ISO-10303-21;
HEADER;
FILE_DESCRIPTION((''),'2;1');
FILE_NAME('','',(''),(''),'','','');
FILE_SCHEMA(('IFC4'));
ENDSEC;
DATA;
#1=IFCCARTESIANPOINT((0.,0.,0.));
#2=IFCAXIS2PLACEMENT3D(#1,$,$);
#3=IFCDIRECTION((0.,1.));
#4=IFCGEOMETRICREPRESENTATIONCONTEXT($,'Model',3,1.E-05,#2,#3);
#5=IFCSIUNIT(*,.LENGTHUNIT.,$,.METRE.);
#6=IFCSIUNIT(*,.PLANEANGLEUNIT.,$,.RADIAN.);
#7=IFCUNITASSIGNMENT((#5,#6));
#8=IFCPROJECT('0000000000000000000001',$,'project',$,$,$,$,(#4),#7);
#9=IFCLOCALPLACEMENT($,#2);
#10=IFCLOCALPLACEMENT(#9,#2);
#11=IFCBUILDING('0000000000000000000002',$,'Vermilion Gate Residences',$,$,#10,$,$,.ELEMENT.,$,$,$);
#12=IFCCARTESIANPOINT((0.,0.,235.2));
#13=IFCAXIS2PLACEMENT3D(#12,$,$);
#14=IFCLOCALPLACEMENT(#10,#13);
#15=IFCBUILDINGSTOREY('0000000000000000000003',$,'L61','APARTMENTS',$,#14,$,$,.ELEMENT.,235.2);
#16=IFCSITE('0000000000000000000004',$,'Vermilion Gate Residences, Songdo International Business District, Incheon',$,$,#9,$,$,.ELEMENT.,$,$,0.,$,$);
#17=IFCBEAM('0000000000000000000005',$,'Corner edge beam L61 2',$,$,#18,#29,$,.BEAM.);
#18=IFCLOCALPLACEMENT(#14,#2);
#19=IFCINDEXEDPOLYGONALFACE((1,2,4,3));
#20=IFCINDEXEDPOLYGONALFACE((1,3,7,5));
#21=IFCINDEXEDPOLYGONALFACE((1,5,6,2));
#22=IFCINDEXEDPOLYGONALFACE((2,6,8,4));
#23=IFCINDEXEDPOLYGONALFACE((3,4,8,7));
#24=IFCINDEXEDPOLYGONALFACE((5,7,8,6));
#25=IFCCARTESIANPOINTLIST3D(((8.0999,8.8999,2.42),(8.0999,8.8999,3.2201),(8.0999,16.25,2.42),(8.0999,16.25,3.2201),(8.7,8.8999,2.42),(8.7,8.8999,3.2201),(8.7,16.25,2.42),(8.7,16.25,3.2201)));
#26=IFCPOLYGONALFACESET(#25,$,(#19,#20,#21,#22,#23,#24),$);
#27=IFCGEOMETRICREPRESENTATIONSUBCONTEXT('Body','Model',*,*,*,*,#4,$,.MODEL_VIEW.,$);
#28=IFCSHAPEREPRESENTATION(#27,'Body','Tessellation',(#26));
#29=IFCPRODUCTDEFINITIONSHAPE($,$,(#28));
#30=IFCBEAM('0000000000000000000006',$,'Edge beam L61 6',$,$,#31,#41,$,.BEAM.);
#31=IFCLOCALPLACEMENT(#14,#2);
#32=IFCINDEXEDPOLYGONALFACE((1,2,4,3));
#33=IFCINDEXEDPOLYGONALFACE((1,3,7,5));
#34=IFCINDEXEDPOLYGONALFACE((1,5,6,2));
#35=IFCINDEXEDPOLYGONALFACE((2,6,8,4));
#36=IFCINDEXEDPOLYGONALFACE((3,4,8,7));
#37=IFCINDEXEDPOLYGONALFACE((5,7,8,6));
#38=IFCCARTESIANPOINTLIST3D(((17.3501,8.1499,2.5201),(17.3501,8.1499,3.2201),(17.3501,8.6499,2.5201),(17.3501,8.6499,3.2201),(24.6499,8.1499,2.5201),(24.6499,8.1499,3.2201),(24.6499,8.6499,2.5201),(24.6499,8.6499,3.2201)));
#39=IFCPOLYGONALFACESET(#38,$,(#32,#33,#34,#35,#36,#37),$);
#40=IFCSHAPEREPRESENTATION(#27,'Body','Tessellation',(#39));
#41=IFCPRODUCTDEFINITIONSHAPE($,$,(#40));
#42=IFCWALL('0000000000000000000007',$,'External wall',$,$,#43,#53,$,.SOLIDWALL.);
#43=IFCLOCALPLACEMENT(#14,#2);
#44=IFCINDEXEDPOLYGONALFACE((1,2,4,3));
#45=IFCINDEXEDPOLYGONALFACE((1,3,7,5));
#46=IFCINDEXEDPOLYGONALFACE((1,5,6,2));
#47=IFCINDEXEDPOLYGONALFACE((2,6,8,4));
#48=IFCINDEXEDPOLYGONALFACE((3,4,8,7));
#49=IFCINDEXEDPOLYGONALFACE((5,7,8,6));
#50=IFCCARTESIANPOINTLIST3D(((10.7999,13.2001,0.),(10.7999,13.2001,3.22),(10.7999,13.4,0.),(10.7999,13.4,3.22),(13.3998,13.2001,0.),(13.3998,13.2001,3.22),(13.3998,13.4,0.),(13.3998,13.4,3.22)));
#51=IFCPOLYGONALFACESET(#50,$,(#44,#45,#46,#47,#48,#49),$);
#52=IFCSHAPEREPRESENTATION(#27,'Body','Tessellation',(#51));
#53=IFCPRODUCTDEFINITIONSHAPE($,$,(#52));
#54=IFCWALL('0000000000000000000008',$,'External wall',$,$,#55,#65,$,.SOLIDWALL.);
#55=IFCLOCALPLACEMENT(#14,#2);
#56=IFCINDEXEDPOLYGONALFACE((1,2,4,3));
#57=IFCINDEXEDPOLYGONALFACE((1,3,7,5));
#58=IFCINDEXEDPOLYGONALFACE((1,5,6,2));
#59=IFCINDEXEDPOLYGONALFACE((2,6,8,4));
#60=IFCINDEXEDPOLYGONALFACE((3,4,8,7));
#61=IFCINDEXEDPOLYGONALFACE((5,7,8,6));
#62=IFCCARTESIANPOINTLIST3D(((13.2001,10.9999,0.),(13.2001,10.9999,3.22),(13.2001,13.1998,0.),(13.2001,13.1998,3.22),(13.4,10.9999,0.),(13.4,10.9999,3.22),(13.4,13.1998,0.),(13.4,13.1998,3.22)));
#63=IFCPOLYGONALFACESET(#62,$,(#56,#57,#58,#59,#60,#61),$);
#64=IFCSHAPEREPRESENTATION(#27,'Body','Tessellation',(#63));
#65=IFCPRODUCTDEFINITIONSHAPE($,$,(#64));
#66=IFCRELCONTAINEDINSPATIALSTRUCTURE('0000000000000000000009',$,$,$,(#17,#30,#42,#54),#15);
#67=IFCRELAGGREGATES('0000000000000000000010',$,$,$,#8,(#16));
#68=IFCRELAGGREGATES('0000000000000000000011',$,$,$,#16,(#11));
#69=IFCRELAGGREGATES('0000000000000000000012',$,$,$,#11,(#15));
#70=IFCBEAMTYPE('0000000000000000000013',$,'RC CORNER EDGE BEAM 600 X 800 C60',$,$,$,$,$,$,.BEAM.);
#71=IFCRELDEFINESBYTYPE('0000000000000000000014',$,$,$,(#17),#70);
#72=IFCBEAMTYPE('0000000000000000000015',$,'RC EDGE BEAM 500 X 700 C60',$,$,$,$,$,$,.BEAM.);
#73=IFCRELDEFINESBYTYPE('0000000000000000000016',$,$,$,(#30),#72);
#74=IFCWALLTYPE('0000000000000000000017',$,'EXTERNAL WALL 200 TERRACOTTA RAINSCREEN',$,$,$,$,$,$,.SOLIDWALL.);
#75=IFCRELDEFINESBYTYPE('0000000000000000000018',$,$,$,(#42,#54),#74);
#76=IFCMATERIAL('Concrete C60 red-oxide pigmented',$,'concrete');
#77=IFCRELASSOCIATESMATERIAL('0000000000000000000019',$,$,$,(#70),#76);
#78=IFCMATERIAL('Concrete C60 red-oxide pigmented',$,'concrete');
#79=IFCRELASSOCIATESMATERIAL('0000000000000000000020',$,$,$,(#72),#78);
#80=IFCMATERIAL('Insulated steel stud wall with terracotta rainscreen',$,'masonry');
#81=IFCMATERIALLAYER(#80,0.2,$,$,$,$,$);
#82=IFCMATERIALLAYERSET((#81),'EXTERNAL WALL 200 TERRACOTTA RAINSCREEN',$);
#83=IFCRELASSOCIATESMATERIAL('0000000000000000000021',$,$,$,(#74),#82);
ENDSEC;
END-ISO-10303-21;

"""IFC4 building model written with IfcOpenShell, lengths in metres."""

from ifc_helpers import new_model, si_unit, direction, frame, frame_2d, origin, origin_2d, place, context, subcontext, project, spatial, rectangle, extrude, material, layer, layer_set, material_profile, profile_set, type_object, element, save


model = new_model("IFC4")

# Units and contexts
model_context = context("Model", 3, precision=1e-05, world=origin(), true_north=direction((0.0, 1.0)))
body_context = subcontext(model_context, "Body", "Model", "MODEL_VIEW")
ifc_project = project(units=[si_unit("LENGTHUNIT", "METRE"), si_unit("PLANEANGLEUNIT", "RADIAN")], contexts=[model_context])

# Site, building, storey
site_placement = place(None, origin())
site = spatial("IfcSite", under=ifc_project, at=site_placement, Name="Vermilion Gate Residences, Songdo International Business District, Incheon", CompositionType="ELEMENT", RefElevation=0.0)
building_placement = place(site_placement, origin())
building = spatial("IfcBuilding", under=site, at=building_placement, Name="Vermilion Gate Residences", CompositionType="ELEMENT")
storey_placement = place(building_placement, frame((0.0, 0.0, 235.2)))
storey = spatial("IfcBuildingStorey", under=building, at=storey_placement, Name="L61", Description="APARTMENTS", CompositionType="ELEMENT", Elevation=235.2)

# Beams
ifc_material_1 = material(Name="Concrete C60 red-oxide pigmented", Category="concrete")
ifc_material_profile_1 = material_profile(ifc_material_1, rectangle(XDim=0.6001, YDim=0.8, at=origin_2d()), Name="RC-600x800")
ifc_profile_set_1 = profile_set([ifc_material_profile_1], Name="Concrete C60 red-oxide pigmented")
beam_type_1 = type_object("IfcBeamType", Name="RC CORNER EDGE BEAM 600 X 800 C60", PredefinedType="BEAM", material=ifc_profile_set_1)
beam_1_placement = place(storey_placement, frame((8.3999, 8.8999, 2.8201), z_axis=(0.0, 1.0, 0.0), x_axis=(-1.0, 0.0, 0.0)))
element("IfcBeam", 1, at=beam_1_placement, inside=storey, type_object=beam_type_1, Name="Corner edge beam L61 2", PredefinedType="BEAM", context=body_context, shape_type="SweptSolid", body=[
    extrude(rectangle(XDim=0.6001, YDim=0.8, at=origin_2d()), origin(), (0.0, 0.0, 1.0), 7.3501),
])
ifc_material_2 = material(Name="Concrete C60 red-oxide pigmented", Category="concrete")
ifc_material_profile_2 = material_profile(ifc_material_2, rectangle(XDim=0.5, YDim=0.7, at=origin_2d()), Name="RC-500x700")
ifc_profile_set_2 = profile_set([ifc_material_profile_2], Name="Concrete C60 red-oxide pigmented")
beam_type_2 = type_object("IfcBeamType", Name="RC EDGE BEAM 500 X 700 C60", PredefinedType="BEAM", material=ifc_profile_set_2)
beam_2_placement = place(storey_placement, frame((17.3501, 8.3999, 2.8701), z_axis=(1.0, 0.0, 0.0), x_axis=(0.0, 1.0, 0.0)))
element("IfcBeam", 2, at=beam_2_placement, inside=storey, type_object=beam_type_2, Name="Edge beam L61 6", PredefinedType="BEAM", context=body_context, shape_type="SweptSolid", body=[
    extrude(rectangle(XDim=0.5, YDim=0.7, at=origin_2d()), origin(), (0.0, 0.0, 1.0), 7.2998),
])

# Walls
ifc_material_3 = material(Name="Insulated steel stud wall with terracotta rainscreen", Category="masonry")
ifc_layer_1 = layer(ifc_material_3, 0.2)
ifc_layer_set_1 = layer_set([ifc_layer_1], Name="EXTERNAL WALL 200 TERRACOTTA RAINSCREEN")
wall_type_1 = type_object("IfcWallType", Name="EXTERNAL WALL 200 TERRACOTTA RAINSCREEN", PredefinedType="SOLIDWALL", material=ifc_layer_set_1)
wall_1_placement = place(storey_placement, frame((10.8, 13.3, 0.0), z_axis=(0.0, 0.0, 1.0), x_axis=(1.0, 0.0, 0.0)))
element("IfcWall", 3, at=wall_1_placement, inside=storey, type_object=wall_type_1, Name="External wall", PredefinedType="SOLIDWALL", context=body_context, shape_type="SweptSolid", body=[
    extrude(rectangle(XDim=2.5999, YDim=0.2, at=frame_2d((1.2998, 0.0))), origin(), (0.0, 0.0, 1.0), 3.22),
])
wall_2_placement = place(storey_placement, frame((13.3, 13.2, 0.0), z_axis=(0.0, 0.0, 1.0), x_axis=(0.0, -1.0, 0.0)))
element("IfcWall", 4, at=wall_2_placement, inside=storey, type_object=wall_type_1, Name="External wall", PredefinedType="SOLIDWALL", context=body_context, shape_type="SweptSolid", body=[
    extrude(rectangle(XDim=2.2, YDim=0.2, at=frame_2d((1.1001, 0.0))), origin(), (0.0, 0.0, 1.0), 3.22),
])

save(model, "model.ifc")
